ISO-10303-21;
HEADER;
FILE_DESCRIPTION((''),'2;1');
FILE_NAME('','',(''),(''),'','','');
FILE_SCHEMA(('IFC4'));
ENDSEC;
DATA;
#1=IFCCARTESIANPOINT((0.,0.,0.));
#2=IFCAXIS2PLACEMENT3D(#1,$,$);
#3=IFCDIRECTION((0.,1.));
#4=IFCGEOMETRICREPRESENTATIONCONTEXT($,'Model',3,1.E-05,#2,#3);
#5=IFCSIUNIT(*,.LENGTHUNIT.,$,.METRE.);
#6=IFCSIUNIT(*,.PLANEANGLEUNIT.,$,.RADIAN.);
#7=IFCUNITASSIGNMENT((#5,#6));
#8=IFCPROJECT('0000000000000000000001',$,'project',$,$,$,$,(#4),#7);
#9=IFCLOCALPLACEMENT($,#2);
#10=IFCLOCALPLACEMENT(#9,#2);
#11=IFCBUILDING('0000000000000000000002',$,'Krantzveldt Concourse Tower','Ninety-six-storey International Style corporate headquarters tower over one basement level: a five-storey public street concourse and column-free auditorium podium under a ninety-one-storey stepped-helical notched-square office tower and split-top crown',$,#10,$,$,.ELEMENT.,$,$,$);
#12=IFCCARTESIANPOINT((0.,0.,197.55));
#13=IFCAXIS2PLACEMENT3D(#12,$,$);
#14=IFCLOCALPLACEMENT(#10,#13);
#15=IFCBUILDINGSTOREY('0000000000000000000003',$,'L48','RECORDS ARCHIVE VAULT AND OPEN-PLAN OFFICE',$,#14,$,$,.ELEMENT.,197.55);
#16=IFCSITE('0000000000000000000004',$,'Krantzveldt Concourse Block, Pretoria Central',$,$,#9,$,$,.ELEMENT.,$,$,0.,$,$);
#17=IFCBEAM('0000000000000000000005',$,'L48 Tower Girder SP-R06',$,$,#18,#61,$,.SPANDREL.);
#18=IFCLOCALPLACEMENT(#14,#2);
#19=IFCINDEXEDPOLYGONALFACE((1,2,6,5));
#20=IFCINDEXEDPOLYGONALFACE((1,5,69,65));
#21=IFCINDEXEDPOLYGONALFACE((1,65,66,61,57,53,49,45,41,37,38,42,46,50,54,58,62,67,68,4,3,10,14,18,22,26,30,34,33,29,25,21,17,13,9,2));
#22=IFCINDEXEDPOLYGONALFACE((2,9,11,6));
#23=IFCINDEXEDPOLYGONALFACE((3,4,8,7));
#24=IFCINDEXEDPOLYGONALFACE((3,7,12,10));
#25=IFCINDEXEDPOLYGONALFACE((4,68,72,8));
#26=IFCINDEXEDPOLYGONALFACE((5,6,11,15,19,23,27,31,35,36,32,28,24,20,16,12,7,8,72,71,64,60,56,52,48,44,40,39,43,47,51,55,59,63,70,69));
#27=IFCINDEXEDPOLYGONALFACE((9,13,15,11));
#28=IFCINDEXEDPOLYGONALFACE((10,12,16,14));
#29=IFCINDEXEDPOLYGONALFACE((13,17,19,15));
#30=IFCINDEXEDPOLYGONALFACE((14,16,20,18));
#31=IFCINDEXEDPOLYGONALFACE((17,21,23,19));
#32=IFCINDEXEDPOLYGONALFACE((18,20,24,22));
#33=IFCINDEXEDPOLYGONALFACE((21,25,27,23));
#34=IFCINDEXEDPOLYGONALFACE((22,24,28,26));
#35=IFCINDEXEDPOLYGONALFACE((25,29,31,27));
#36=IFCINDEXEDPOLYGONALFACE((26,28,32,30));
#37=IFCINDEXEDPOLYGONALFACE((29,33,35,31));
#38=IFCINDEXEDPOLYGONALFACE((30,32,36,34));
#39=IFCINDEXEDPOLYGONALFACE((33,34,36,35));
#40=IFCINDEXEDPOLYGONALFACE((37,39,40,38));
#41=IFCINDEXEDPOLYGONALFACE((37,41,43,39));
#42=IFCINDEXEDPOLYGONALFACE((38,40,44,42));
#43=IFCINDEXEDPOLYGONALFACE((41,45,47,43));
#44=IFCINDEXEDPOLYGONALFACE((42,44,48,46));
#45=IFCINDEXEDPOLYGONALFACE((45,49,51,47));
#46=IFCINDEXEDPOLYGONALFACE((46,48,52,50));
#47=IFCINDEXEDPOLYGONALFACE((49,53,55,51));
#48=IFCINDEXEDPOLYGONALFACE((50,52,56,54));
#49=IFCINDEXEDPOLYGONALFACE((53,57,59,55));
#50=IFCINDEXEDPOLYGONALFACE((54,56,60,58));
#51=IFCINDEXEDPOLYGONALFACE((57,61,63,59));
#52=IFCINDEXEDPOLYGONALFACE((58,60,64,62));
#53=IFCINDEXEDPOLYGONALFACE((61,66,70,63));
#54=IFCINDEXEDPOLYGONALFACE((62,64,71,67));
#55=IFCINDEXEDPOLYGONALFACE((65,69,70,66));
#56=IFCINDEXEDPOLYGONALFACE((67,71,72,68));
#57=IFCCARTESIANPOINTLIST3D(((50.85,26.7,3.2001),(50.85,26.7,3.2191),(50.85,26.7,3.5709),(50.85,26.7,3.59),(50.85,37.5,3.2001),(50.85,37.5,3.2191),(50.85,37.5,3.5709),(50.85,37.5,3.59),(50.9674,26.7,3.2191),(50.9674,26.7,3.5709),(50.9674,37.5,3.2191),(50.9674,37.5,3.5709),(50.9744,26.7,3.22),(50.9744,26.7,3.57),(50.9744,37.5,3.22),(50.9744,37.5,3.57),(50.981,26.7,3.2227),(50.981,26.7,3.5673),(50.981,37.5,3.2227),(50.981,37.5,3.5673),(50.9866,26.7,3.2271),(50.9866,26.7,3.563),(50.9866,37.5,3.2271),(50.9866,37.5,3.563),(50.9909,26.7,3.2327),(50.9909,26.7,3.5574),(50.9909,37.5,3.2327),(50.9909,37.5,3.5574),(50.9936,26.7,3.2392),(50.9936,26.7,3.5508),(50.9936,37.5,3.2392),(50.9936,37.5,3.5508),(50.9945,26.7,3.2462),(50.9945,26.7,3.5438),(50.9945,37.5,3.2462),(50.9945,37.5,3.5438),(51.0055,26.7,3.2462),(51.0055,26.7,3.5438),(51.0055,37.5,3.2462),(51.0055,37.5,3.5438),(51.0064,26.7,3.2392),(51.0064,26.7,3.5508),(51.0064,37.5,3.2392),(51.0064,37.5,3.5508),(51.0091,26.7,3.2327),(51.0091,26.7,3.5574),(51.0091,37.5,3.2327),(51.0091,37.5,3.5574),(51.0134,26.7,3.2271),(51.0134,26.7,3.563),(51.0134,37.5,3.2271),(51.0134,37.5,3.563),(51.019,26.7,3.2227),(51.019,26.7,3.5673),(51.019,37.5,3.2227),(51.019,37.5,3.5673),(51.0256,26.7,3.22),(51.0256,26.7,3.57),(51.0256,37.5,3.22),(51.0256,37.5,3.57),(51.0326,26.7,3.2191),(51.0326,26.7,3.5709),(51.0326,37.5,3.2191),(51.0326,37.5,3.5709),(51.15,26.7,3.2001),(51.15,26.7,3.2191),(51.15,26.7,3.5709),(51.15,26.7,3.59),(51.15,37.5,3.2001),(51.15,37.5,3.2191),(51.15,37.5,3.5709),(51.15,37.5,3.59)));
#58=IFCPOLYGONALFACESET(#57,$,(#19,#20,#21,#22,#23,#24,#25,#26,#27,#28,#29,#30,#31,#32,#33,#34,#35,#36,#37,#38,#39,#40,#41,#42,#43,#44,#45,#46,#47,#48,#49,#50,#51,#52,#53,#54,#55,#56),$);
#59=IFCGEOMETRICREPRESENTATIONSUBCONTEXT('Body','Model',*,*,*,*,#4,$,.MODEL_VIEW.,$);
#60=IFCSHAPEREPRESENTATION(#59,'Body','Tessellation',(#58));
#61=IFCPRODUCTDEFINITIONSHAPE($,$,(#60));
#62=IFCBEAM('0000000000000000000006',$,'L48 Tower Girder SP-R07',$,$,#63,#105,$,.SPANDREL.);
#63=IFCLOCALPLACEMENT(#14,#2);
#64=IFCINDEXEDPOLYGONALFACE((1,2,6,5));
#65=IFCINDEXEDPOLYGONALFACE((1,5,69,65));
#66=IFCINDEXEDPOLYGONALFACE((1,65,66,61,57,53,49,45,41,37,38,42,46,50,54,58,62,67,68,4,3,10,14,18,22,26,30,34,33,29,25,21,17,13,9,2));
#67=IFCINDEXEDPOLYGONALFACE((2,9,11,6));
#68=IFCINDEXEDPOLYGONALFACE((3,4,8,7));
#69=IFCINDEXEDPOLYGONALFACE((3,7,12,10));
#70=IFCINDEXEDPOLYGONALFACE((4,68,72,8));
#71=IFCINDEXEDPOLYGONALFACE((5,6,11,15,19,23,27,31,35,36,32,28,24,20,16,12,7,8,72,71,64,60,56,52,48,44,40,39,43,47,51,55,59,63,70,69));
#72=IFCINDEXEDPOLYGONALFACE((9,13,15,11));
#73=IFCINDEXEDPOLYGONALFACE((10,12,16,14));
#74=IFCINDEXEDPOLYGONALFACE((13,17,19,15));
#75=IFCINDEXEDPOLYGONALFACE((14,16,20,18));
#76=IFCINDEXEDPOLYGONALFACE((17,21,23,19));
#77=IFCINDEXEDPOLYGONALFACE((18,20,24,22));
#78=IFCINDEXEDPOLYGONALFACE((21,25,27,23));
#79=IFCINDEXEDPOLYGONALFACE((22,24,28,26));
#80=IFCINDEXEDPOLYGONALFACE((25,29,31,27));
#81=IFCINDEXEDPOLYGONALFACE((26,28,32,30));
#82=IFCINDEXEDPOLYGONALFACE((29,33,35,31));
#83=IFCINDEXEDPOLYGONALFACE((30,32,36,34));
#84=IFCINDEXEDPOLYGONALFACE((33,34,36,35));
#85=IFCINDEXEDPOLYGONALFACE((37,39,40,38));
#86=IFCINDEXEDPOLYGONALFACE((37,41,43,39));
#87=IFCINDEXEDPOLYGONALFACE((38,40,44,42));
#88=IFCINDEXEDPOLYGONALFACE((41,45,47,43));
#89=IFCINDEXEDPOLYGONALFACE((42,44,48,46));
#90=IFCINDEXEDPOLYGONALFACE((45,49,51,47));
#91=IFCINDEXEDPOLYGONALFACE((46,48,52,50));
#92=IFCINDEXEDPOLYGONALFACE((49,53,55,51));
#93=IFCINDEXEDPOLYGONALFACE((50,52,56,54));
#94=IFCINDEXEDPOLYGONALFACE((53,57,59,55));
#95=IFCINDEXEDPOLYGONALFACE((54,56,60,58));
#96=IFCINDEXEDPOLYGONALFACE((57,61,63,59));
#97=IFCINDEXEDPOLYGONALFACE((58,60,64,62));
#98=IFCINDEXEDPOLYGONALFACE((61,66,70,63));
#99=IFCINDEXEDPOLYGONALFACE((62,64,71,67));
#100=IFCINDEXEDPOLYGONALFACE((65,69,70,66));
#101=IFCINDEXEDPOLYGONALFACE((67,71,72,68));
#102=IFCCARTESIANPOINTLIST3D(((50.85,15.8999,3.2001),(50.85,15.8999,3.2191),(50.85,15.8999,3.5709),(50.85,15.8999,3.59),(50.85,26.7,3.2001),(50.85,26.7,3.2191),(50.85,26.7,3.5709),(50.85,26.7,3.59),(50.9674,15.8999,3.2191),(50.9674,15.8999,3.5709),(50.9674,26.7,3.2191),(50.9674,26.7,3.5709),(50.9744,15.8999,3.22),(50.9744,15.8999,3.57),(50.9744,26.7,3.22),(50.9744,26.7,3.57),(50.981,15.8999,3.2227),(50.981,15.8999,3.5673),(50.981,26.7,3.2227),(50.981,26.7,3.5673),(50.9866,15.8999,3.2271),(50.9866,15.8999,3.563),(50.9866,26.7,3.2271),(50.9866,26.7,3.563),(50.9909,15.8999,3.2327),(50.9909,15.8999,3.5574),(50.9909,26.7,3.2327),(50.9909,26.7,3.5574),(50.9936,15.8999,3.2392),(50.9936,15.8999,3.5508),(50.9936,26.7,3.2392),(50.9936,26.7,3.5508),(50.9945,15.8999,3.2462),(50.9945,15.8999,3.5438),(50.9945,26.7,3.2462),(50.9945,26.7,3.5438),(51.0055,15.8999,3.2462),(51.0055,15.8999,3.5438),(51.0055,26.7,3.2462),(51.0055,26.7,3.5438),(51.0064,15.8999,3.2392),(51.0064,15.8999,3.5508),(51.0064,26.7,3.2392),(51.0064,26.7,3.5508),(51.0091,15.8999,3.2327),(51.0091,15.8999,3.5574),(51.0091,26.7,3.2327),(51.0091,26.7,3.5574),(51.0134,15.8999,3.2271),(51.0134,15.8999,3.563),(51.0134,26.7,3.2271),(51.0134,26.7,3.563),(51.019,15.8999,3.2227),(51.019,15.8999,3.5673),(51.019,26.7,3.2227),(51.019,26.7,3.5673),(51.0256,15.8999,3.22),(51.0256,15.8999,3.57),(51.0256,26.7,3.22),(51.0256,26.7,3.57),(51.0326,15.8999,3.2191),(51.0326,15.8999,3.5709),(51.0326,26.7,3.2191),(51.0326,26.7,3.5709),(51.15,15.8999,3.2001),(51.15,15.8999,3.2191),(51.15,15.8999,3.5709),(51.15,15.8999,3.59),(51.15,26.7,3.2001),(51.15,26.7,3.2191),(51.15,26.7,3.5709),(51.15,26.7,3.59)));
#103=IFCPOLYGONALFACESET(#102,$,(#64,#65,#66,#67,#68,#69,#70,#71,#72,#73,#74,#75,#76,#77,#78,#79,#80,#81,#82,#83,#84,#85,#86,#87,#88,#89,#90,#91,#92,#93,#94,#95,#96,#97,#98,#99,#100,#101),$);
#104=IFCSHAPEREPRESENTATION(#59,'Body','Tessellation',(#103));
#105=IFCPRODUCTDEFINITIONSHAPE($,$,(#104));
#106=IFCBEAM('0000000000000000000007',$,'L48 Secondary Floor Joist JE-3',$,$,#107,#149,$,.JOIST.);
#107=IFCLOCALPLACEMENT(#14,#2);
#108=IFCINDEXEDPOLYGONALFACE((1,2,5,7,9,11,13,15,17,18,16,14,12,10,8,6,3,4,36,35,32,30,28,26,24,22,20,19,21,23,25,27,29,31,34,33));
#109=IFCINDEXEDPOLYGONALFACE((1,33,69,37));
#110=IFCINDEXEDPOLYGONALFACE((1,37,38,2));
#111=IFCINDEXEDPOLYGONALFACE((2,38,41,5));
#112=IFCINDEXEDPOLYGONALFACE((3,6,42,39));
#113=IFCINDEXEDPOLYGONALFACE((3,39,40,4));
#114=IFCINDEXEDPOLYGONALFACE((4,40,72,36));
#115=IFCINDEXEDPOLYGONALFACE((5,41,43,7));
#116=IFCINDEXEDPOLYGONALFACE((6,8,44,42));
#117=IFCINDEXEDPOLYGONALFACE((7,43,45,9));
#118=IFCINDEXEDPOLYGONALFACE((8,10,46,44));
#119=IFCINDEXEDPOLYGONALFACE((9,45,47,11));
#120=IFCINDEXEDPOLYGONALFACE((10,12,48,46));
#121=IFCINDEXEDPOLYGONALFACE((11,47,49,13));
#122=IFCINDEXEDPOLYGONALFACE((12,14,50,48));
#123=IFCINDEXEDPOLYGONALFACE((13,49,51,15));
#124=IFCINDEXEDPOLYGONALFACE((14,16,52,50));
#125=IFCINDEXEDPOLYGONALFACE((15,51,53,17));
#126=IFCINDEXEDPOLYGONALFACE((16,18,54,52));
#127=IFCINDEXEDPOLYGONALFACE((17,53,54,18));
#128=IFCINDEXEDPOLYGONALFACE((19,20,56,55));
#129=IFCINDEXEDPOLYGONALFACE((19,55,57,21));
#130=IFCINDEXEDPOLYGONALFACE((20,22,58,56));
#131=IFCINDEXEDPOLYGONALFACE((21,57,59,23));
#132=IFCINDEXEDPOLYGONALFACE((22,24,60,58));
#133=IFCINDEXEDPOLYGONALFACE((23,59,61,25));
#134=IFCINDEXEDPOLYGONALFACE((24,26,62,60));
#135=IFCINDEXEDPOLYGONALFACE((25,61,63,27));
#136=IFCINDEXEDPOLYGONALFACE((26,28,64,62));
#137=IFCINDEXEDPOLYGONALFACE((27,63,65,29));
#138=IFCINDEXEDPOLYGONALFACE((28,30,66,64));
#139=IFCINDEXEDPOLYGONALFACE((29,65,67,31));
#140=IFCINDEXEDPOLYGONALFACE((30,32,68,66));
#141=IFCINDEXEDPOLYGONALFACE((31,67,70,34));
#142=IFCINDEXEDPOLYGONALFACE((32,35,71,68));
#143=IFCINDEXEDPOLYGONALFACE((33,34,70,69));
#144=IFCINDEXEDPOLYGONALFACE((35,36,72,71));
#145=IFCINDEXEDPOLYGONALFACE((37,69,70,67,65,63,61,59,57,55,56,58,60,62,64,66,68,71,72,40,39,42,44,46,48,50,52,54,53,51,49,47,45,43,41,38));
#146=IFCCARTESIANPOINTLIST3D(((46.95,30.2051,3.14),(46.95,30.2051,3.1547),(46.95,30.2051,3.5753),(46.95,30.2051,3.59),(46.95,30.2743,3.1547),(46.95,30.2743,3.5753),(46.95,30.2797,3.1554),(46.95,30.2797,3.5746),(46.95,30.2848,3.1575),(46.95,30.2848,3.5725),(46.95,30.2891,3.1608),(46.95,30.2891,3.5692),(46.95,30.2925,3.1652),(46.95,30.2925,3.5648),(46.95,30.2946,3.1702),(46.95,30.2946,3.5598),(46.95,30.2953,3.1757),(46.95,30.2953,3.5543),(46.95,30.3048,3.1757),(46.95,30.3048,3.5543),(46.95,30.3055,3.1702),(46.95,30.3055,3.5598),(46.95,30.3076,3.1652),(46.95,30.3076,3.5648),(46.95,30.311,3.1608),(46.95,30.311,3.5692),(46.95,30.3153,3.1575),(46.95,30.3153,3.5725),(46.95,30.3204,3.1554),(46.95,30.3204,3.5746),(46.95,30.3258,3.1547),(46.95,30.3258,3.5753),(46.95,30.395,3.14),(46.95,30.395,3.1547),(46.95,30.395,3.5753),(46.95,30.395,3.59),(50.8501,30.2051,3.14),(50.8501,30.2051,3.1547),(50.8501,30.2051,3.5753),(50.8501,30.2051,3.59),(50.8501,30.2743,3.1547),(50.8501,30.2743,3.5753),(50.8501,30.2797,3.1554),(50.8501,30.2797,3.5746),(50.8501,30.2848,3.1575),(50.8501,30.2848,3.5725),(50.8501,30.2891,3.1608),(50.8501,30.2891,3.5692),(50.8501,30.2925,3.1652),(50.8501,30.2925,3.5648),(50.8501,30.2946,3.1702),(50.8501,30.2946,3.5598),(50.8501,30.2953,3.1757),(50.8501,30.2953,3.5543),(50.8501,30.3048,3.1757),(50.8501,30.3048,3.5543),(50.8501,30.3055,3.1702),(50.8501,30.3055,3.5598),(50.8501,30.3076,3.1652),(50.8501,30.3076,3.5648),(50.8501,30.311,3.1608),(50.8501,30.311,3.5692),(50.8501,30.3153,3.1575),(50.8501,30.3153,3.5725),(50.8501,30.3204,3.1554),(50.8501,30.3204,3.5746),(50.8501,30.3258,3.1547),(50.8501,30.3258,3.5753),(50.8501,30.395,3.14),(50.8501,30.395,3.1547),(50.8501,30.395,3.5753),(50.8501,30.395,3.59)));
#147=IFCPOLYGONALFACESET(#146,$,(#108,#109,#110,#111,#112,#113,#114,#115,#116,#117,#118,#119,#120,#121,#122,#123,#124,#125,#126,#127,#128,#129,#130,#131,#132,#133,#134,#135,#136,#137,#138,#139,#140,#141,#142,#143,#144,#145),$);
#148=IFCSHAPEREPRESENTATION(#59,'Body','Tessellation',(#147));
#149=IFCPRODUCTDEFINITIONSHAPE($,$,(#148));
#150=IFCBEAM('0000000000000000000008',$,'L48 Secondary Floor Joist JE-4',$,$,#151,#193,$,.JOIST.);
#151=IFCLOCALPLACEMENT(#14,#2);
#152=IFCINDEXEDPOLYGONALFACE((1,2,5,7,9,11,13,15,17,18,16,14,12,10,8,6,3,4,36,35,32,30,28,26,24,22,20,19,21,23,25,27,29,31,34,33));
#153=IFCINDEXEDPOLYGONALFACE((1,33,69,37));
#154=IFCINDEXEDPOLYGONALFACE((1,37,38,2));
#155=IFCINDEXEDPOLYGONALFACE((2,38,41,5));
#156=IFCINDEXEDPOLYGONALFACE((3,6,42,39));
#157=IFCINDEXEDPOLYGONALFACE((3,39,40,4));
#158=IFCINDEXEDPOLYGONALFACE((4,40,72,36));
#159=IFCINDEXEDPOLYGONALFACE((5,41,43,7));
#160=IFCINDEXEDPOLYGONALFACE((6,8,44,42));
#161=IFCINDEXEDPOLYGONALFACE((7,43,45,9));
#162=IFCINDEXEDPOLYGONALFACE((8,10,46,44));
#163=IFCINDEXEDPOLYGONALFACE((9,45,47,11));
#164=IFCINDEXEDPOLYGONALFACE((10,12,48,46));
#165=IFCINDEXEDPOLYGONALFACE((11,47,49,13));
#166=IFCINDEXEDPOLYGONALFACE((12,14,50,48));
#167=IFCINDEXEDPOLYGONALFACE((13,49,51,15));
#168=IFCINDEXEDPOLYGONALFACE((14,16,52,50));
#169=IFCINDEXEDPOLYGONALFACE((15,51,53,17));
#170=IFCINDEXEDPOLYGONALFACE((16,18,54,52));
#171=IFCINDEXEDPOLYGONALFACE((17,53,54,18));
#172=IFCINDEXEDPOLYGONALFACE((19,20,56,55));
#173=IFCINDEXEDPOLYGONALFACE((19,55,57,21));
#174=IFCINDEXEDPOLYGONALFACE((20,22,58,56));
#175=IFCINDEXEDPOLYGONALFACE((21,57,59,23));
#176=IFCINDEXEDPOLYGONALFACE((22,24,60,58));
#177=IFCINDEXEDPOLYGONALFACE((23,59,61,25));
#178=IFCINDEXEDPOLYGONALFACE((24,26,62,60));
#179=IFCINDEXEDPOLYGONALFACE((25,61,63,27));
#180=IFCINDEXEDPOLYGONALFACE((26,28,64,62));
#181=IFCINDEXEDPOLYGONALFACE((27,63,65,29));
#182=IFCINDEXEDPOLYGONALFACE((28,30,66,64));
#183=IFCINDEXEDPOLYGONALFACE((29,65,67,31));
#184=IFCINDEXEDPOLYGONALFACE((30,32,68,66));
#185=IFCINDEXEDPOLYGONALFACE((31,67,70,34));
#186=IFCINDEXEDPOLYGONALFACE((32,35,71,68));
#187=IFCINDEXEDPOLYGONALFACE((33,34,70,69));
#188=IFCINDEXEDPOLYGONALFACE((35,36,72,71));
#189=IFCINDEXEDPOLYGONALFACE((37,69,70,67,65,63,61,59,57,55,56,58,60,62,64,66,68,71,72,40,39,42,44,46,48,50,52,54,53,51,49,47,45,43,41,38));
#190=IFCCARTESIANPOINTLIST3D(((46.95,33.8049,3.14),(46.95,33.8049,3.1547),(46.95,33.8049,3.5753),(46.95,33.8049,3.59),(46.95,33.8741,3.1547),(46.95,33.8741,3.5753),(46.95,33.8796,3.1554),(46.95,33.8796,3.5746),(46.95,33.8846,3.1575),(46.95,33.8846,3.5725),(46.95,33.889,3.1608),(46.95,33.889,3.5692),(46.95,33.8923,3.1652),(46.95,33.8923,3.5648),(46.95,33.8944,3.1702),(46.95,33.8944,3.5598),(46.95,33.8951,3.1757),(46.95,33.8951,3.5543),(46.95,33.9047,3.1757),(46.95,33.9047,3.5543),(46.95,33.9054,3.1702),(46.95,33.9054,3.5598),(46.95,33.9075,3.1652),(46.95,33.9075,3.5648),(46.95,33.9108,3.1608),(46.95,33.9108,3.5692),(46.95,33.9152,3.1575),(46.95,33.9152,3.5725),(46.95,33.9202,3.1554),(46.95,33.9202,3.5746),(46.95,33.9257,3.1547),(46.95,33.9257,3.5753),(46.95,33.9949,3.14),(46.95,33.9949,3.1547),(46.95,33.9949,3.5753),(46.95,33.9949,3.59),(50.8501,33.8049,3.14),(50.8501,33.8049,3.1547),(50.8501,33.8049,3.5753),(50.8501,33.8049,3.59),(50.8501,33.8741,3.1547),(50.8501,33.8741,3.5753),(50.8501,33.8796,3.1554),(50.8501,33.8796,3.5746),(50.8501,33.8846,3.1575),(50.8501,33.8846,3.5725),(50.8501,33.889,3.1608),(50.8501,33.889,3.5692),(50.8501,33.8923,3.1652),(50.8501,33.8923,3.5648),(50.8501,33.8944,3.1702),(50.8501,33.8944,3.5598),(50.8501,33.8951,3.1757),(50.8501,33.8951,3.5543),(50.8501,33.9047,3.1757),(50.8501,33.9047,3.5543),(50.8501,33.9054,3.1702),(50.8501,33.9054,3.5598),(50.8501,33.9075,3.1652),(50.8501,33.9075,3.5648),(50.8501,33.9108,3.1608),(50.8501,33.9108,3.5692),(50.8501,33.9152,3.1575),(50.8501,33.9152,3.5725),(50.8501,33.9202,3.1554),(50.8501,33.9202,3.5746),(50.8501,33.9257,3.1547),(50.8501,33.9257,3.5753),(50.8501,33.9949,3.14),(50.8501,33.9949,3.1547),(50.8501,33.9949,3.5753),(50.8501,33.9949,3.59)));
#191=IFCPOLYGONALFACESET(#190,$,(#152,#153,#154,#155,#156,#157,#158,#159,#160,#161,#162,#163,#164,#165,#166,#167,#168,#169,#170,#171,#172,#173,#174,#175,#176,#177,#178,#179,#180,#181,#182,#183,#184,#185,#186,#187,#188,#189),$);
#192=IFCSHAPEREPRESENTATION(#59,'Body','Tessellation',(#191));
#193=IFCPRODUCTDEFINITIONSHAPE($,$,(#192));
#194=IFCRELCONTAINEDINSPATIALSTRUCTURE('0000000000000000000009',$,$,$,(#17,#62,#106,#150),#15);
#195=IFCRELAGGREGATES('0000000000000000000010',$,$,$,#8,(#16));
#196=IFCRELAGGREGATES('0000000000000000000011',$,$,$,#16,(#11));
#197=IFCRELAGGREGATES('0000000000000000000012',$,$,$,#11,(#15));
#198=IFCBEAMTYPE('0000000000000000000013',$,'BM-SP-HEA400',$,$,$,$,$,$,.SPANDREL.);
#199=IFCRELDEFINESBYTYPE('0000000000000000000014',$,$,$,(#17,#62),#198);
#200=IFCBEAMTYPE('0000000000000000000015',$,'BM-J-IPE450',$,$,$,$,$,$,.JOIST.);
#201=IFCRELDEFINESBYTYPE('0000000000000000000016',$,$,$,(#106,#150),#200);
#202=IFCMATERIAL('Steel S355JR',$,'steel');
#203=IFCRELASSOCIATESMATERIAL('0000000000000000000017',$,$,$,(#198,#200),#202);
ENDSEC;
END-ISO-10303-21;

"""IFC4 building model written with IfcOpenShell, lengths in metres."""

from ifc_helpers import new_model, si_unit, direction, frame, origin, origin_2d, place, context, subcontext, project, spatial, i_section, extrude, source, transform, mapped, material, material_profile, profile_set, type_object, type_shapes, element, save


model = new_model("IFC4")

# Units and contexts
model_context = context("Model", 3, precision=1e-05, world=origin(), true_north=direction((0.0, 1.0)))
body_context = subcontext(model_context, "Body", "Model", "MODEL_VIEW")
ifc_project = project(units=[si_unit("LENGTHUNIT", "METRE"), si_unit("PLANEANGLEUNIT", "RADIAN")], contexts=[model_context])

# Site, building, storey
site_placement = place(None, origin())
site = spatial("IfcSite", under=ifc_project, at=site_placement, Name="Krantzveldt Concourse Block, Pretoria Central", CompositionType="ELEMENT", RefElevation=0.0)
building_placement = place(site_placement, origin())
building = spatial("IfcBuilding", under=site, at=building_placement, Name="Krantzveldt Concourse Tower", Description="Ninety-six-storey International Style corporate headquarters tower over one basement level: a five-storey public street concourse and column-free auditorium podium under a ninety-one-storey stepped-helical notched-square office tower and split-top crown", CompositionType="ELEMENT")
storey_placement = place(building_placement, frame((0.0, 0.0, 197.55)))
storey = spatial("IfcBuildingStorey", under=building, at=storey_placement, Name="L48", Description="RECORDS ARCHIVE VAULT AND OPEN-PLAN OFFICE", CompositionType="ELEMENT", Elevation=197.55)

# Beams
ifc_material_1 = material(Name="Steel S355JR", Category="steel")
ifc_material_profile_1 = material_profile(ifc_material_1, i_section(OverallWidth=0.3, OverallDepth=0.3899, WebThickness=0.011, FlangeThickness=0.019, FilletRadius=0.0271, at=origin_2d()), Name="Steel S355JR", Category="steel")
ifc_profile_set_1 = profile_set([ifc_material_profile_1], Name="Steel S355JR - HEA 400")
beam_type_1 = type_object("IfcBeamType", Name="BM-SP-HEA400", PredefinedType="SPANDREL", material=ifc_profile_set_1)
shared_shape_1 = source(origin(), body_context, "Body", "SweptSolid", [
    extrude(i_section(OverallWidth=0.3, OverallDepth=0.3899, WebThickness=0.011, FlangeThickness=0.019, FilletRadius=0.0271, at=origin_2d()), origin(), (0.0, 0.0, 1.0), 10.8),
])
type_shapes(beam_type_1, [shared_shape_1])
for number, where, z_axis, x_axis, name in (
    (1, (51.0, 37.5, 3.395), (0.0, -1.0, 0.0), (1.0, 0.0, 0.0), "L48 Tower Girder SP-R06"),
    (2, (51.0, 26.7, 3.395), (0.0, -1.0, 0.0), (1.0, 0.0, 0.0), "L48 Tower Girder SP-R07"),
):
    element("IfcBeam", number, at=place(storey_placement, frame(where, z_axis=z_axis, x_axis=x_axis)), inside=storey, type_object=beam_type_1, Name=name, PredefinedType="SPANDREL", context=body_context, shape_type="MappedRepresentation", body=[
        mapped(shared_shape_1, transform((0.0, 0.0, 0.0), x_axis=(1.0, 0.0, 0.0), y_axis=(0.0, 1.0, 0.0), z_axis=(0.0, 0.0, 1.0), scale=1.0)),
    ])
ifc_material_profile_2 = material_profile(ifc_material_1, i_section(OverallWidth=0.1899, OverallDepth=0.45, WebThickness=0.0095, FlangeThickness=0.0146, FilletRadius=0.021, at=origin_2d()), Name="Steel S355JR", Category="steel")
ifc_profile_set_2 = profile_set([ifc_material_profile_2], Name="Steel S355JR - IPE 450")
beam_type_2 = type_object("IfcBeamType", Name="BM-J-IPE450", PredefinedType="JOIST", material=ifc_profile_set_2)
shared_shape_2 = source(origin(), body_context, "Body", "SweptSolid", [
    extrude(i_section(OverallWidth=0.1899, OverallDepth=0.45, WebThickness=0.0095, FlangeThickness=0.0146, FilletRadius=0.021, at=origin_2d()), origin(), (0.0, 0.0, 1.0), 3.9001),
])
type_shapes(beam_type_2, [shared_shape_2])
for number, where, z_axis, x_axis, name in (
    (3, (46.95, 30.3, 3.365), (1.0, 0.0, 0.0), (0.0, 1.0, 0.0), "L48 Secondary Floor Joist JE-3"),
    (4, (46.95, 33.8999, 3.365), (1.0, 0.0, 0.0), (0.0, 1.0, 0.0), "L48 Secondary Floor Joist JE-4"),
):
    element("IfcBeam", number, at=place(storey_placement, frame(where, z_axis=z_axis, x_axis=x_axis)), inside=storey, type_object=beam_type_2, Name=name, PredefinedType="JOIST", context=body_context, shape_type="MappedRepresentation", body=[
        mapped(shared_shape_2, transform((0.0, 0.0, 0.0), x_axis=(1.0, 0.0, 0.0), y_axis=(0.0, 1.0, 0.0), z_axis=(0.0, 0.0, 1.0), scale=1.0)),
    ])

save(model, "model.ifc")
